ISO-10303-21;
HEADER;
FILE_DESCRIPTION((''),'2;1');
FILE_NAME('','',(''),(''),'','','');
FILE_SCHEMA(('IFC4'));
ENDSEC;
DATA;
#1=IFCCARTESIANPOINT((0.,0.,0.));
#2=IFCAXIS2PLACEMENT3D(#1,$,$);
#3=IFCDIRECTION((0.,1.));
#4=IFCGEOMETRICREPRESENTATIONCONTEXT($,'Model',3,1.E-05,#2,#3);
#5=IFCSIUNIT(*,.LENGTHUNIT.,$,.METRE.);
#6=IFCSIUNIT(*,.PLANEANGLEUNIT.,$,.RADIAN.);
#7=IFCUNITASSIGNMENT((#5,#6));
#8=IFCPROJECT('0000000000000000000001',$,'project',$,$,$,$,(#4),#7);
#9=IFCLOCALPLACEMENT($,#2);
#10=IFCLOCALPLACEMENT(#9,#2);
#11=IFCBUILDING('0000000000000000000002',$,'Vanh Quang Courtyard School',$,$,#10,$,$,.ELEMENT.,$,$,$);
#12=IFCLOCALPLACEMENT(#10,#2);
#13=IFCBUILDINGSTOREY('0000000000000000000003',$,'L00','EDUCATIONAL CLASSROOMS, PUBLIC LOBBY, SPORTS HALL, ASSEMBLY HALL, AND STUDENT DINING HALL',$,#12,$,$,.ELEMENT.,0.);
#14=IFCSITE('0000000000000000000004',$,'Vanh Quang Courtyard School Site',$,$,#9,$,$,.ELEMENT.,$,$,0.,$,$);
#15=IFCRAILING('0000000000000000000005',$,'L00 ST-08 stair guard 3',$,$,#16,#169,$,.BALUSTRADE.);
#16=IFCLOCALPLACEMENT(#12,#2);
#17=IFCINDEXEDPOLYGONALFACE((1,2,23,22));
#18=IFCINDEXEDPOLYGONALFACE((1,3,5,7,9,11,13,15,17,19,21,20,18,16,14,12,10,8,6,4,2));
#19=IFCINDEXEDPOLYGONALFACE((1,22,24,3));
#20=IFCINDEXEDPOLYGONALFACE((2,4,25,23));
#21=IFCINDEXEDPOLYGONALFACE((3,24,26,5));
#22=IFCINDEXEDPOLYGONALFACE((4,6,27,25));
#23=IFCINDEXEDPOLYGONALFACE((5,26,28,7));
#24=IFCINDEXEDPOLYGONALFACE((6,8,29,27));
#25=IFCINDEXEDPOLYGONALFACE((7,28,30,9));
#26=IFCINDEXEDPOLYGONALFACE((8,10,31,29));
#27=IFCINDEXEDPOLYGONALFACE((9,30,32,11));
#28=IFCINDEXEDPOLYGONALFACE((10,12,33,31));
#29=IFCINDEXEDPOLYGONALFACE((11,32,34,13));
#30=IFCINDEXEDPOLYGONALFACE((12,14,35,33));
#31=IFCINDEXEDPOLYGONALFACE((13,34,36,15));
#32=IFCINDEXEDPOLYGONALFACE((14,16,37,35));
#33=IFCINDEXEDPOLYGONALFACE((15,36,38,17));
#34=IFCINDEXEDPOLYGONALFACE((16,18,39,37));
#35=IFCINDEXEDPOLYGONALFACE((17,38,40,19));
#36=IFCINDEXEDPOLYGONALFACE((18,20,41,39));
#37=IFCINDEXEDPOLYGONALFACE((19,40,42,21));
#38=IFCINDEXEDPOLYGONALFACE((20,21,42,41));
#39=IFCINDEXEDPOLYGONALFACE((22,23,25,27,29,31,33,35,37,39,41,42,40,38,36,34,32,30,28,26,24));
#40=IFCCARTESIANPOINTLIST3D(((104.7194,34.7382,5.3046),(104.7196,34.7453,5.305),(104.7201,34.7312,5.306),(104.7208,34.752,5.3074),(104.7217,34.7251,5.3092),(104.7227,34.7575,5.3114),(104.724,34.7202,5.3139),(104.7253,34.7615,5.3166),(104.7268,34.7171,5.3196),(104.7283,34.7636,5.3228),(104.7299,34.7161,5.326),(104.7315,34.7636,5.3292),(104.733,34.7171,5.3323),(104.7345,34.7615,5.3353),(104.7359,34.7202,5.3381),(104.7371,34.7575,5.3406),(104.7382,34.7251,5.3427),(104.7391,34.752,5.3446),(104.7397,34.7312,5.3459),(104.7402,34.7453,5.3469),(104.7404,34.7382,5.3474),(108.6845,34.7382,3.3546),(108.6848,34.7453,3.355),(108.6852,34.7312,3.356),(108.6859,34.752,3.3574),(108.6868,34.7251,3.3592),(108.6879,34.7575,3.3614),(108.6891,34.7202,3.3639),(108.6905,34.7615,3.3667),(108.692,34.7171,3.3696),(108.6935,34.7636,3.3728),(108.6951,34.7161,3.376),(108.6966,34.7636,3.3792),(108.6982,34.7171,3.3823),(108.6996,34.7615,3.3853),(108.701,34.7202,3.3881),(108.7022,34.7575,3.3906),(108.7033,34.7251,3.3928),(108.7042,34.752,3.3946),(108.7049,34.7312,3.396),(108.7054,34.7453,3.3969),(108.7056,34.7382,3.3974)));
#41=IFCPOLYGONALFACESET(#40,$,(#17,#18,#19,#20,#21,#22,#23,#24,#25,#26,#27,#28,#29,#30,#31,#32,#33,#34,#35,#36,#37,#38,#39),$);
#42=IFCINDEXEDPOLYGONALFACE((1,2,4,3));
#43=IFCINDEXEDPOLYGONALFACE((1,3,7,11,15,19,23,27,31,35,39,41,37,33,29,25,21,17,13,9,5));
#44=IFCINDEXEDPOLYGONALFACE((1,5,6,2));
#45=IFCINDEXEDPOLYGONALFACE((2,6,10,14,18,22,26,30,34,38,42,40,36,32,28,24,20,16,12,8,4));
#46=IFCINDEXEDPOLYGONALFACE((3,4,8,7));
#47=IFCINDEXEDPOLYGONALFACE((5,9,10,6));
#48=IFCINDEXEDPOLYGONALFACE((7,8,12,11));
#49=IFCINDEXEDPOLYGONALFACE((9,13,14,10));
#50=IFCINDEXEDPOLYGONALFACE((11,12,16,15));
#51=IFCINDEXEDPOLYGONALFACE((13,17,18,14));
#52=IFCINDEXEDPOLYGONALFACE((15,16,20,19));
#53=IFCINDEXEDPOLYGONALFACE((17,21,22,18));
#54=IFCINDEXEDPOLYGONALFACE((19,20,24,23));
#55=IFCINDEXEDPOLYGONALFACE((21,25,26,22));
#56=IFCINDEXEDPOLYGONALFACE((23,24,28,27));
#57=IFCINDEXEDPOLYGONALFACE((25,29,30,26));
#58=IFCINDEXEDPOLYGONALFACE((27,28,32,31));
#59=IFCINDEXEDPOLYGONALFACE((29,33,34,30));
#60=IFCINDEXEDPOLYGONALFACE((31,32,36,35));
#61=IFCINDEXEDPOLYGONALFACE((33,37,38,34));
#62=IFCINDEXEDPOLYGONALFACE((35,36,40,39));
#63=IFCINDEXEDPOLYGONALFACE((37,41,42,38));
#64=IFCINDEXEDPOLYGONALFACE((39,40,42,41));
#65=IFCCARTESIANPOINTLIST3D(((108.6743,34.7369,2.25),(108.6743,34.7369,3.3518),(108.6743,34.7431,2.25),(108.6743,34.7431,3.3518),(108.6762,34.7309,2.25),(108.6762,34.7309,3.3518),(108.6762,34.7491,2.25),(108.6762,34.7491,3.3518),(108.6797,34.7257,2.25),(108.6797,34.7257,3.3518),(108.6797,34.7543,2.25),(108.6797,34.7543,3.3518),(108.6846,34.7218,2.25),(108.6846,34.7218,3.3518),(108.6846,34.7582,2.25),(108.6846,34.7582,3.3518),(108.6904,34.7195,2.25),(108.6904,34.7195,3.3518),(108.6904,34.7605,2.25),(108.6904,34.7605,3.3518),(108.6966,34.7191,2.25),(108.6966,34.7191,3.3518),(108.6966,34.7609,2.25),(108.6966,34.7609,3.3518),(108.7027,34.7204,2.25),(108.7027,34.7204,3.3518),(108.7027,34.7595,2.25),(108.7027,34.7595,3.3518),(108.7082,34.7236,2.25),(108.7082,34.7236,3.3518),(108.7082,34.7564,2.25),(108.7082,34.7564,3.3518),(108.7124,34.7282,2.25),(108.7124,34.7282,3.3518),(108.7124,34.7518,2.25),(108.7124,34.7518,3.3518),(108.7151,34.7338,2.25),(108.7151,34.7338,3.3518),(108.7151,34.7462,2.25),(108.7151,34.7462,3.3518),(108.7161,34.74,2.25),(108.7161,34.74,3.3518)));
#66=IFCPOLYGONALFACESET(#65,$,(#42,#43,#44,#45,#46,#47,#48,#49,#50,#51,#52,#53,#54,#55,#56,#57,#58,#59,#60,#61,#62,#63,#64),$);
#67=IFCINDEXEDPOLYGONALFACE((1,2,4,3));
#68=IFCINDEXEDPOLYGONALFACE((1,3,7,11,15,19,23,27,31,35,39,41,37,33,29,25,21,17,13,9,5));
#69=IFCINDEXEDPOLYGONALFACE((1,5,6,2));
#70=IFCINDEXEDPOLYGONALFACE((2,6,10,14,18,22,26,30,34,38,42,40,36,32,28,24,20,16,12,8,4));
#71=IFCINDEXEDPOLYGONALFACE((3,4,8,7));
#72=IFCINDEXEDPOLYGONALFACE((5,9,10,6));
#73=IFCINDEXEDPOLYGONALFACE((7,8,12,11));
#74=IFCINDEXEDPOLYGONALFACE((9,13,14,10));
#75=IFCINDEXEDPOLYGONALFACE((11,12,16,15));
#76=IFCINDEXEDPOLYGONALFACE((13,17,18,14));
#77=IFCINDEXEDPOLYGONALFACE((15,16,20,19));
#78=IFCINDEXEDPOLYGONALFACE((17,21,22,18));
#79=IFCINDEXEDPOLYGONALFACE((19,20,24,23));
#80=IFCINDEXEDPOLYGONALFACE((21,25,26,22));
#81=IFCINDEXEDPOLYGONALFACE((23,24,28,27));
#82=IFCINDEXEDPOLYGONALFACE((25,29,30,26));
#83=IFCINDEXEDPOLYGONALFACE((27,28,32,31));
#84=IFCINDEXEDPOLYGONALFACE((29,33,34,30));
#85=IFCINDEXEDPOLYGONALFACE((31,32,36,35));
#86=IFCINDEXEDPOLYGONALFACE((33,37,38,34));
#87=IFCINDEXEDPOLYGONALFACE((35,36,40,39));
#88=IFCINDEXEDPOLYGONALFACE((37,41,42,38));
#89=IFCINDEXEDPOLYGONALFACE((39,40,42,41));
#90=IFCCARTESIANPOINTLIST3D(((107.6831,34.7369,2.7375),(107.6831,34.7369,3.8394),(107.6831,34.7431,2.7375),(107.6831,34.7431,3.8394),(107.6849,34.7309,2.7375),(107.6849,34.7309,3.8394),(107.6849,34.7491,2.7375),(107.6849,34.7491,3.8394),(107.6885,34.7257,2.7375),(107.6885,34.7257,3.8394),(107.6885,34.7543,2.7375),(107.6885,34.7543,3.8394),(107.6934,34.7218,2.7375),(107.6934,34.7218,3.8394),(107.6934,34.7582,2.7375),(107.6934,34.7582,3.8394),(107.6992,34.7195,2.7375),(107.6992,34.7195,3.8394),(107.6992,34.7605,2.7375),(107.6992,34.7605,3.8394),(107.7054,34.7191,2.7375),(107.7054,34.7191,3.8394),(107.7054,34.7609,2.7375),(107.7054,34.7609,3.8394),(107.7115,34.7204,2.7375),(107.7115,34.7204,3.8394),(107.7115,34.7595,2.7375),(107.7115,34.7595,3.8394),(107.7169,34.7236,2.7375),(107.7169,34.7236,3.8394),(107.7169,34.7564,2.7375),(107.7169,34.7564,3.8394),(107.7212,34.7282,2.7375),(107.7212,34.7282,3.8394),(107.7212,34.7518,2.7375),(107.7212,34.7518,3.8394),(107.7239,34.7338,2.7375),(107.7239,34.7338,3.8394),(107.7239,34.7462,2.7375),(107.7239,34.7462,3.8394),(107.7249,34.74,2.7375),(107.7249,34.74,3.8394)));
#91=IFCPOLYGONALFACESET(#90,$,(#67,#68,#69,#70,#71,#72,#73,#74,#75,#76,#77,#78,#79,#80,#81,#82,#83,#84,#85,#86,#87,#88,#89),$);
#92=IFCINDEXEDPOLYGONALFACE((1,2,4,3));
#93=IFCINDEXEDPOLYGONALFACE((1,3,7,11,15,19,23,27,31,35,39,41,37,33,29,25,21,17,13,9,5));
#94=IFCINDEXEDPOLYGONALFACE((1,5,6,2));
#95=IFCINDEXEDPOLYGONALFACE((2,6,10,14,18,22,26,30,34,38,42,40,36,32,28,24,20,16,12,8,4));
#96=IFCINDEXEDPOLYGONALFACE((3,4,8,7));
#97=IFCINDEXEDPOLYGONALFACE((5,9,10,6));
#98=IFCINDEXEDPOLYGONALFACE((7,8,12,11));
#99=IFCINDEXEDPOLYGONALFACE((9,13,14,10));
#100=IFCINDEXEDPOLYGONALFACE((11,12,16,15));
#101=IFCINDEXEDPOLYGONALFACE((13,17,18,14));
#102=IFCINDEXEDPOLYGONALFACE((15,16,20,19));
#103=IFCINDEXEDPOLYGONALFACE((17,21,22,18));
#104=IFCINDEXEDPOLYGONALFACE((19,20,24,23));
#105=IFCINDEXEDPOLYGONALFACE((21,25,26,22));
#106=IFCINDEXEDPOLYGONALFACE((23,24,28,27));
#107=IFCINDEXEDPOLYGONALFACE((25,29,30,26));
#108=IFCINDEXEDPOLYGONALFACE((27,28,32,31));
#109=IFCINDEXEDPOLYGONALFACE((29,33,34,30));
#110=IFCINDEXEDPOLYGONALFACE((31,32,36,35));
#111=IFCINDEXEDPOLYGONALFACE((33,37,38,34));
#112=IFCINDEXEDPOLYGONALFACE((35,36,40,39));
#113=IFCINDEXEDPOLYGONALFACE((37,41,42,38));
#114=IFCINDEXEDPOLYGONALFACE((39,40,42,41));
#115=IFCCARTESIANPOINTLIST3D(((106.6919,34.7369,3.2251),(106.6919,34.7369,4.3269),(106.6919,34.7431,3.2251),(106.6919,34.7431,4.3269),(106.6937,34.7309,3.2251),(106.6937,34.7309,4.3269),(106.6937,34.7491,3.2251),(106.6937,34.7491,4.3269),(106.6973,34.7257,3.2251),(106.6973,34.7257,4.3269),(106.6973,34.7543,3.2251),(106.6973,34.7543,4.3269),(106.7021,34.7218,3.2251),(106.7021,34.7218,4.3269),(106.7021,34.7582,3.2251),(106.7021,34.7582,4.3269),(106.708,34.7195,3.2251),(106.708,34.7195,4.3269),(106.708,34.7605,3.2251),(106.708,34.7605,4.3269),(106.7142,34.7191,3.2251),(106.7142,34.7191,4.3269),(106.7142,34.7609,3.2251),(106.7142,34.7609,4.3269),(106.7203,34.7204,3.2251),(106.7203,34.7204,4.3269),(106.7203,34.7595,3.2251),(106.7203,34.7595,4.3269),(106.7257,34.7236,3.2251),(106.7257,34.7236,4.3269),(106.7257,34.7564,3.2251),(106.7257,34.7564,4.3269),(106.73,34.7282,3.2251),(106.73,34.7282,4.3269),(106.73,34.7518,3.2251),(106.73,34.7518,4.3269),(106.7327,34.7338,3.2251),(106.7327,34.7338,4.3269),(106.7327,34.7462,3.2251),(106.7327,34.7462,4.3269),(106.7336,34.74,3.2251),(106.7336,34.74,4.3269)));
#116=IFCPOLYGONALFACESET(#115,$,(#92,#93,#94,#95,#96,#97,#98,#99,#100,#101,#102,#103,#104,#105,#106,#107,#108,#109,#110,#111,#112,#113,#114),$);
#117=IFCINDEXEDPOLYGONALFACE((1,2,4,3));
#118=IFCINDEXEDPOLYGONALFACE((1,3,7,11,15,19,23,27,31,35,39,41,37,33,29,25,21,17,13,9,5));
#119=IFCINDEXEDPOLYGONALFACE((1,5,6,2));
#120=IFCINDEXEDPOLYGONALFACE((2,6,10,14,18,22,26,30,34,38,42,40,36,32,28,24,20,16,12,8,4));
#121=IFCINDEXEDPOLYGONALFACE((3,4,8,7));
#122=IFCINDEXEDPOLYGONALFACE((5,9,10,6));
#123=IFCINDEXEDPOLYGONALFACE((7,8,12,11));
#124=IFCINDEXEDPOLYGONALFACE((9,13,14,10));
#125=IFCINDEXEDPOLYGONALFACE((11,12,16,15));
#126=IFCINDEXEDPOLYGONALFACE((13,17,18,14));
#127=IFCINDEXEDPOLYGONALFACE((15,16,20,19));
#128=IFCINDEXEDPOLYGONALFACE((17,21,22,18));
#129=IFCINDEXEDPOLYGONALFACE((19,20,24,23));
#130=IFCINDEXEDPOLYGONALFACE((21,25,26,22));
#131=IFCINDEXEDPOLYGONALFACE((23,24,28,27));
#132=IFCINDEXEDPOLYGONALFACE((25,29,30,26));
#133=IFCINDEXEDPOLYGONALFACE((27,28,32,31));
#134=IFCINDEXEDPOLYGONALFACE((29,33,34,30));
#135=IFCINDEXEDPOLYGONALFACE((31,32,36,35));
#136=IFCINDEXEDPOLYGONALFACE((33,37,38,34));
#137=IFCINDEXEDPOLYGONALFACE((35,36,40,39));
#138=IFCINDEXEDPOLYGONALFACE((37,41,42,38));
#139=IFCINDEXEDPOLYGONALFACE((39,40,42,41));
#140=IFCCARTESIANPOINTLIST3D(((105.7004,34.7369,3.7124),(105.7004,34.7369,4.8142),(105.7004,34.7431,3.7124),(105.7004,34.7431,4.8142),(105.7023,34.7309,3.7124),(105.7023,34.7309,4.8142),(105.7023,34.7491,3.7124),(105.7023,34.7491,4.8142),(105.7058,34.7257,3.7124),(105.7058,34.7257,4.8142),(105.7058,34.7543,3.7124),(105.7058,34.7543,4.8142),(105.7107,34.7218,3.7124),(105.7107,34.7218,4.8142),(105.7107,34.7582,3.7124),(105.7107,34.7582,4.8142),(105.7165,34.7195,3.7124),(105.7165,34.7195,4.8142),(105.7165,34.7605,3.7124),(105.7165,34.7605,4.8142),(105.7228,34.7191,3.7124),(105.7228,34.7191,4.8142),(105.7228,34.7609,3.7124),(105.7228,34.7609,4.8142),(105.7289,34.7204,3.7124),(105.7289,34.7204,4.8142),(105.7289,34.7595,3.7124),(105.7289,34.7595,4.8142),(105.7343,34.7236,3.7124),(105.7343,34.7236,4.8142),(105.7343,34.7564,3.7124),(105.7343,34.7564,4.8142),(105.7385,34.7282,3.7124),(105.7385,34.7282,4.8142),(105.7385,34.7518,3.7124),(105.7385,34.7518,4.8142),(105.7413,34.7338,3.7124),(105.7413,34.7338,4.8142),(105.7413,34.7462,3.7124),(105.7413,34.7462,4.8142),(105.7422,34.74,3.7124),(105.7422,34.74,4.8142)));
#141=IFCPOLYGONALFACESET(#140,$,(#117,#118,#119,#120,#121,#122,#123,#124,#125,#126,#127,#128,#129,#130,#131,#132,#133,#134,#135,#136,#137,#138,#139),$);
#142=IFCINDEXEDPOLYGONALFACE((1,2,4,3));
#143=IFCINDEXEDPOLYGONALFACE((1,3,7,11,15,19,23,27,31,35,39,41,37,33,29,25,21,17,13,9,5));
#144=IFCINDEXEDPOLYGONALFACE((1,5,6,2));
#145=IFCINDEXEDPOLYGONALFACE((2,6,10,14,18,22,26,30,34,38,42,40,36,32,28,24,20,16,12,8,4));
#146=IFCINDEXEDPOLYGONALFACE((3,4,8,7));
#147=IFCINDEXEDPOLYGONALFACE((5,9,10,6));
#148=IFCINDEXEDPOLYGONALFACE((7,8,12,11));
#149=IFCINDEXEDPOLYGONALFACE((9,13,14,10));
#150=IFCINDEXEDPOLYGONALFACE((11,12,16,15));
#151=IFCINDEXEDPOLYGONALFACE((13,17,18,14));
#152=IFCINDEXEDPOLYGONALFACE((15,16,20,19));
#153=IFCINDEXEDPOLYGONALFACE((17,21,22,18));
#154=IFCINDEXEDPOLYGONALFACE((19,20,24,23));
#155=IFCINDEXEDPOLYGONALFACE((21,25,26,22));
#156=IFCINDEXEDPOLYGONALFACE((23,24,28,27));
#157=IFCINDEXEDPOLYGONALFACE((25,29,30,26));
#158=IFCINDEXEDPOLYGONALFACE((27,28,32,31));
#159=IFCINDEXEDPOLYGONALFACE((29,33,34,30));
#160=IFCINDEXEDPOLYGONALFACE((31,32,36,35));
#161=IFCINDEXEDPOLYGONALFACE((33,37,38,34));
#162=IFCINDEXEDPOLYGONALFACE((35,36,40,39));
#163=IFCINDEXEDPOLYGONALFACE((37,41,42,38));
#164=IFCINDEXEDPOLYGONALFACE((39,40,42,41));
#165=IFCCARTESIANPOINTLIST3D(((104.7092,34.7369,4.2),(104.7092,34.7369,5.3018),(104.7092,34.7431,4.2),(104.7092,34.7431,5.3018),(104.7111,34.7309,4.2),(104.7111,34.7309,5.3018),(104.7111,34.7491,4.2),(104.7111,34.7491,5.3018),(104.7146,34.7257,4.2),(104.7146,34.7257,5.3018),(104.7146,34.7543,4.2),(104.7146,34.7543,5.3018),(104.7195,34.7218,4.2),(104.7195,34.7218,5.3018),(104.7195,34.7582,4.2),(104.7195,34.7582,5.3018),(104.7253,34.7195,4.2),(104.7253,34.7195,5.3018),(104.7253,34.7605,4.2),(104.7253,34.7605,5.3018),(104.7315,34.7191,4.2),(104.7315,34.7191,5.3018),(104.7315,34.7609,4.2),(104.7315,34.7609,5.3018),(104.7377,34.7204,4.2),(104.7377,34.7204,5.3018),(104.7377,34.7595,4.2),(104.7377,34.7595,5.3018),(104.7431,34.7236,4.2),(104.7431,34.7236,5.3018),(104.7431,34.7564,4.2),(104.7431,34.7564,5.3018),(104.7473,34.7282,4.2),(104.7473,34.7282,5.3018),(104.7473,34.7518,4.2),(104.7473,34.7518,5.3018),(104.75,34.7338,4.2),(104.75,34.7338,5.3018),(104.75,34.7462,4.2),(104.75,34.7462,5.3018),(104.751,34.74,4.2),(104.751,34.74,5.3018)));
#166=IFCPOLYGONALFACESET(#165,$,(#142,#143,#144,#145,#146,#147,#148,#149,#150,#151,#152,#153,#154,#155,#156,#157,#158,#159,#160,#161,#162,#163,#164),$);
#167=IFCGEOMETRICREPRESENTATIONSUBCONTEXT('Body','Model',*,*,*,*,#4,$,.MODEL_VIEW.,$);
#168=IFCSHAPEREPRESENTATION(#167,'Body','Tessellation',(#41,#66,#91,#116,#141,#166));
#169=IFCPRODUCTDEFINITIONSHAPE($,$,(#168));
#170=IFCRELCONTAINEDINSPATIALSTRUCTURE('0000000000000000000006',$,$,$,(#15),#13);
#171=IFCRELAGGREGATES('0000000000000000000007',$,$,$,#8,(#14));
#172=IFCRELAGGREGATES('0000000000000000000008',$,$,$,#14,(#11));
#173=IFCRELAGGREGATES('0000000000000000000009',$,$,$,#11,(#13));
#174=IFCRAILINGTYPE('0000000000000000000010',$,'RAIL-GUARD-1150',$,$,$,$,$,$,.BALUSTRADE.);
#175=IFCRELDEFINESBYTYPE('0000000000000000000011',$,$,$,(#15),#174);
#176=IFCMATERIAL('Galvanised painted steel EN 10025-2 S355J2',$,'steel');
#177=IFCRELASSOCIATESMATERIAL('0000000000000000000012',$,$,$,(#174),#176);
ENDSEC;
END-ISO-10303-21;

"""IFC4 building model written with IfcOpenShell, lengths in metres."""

from ifc_helpers import new_model, si_unit, direction, frame, origin, origin_2d, place, context, subcontext, project, spatial, circle, extrude, material, type_object, element, save


model = new_model("IFC4")

# Units and contexts
model_context = context("Model", 3, precision=1e-05, world=origin(), true_north=direction((0.0, 1.0)))
body_context = subcontext(model_context, "Body", "Model", "MODEL_VIEW")
ifc_project = project(units=[si_unit("LENGTHUNIT", "METRE"), si_unit("PLANEANGLEUNIT", "RADIAN")], contexts=[model_context])

# Site, building, storey
site_placement = place(None, origin())
site = spatial("IfcSite", under=ifc_project, at=site_placement, Name="Vanh Quang Courtyard School Site", CompositionType="ELEMENT", RefElevation=0.0)
building_placement = place(site_placement, origin())
building = spatial("IfcBuilding", under=site, at=building_placement, Name="Vanh Quang Courtyard School", CompositionType="ELEMENT")
storey_placement = place(building_placement, origin())
storey = spatial("IfcBuildingStorey", under=building, at=storey_placement, Name="L00", Description="EDUCATIONAL CLASSROOMS, PUBLIC LOBBY, SPORTS HALL, ASSEMBLY HALL, AND STUDENT DINING HALL", CompositionType="ELEMENT", Elevation=0.0)

# Railing
ifc_material_1 = material(Name="Galvanised painted steel EN 10025-2 S355J2", Category="steel")
railing_type = type_object("IfcRailingType", Name="RAIL-GUARD-1150", PredefinedType="BALUSTRADE", material=ifc_material_1)
railing_1_placement = place(storey_placement, frame((108.6951, 34.74, 2.25)))
element("IfcRailing", 1, at=railing_1_placement, inside=storey, type_object=railing_type, Name="L00 ST-08 stair guard 3", PredefinedType="BALUSTRADE", context=body_context, shape_type="SweptSolid", body=[
    extrude(circle(Radius=0.0239, at=origin_2d()), frame((0.0, 0.0, 1.126), z_axis=(-0.897358, 0.0, 0.441303), x_axis=(0.0, -1.0, 0.0)), (0.0, 0.0, 1.0), 4.4187),
    extrude(circle(Radius=0.021, at=origin_2d()), origin(), (0.0, 0.0, 1.0), 1.1018),
    extrude(circle(Radius=0.021, at=origin_2d()), frame((-0.9912, 0.0, 0.4875)), (0.0, 0.0, 1.0), 1.1018),
    extrude(circle(Radius=0.021, at=origin_2d()), frame((-1.9824, 0.0, 0.9751)), (0.0, 0.0, 1.0), 1.1018),
    extrude(circle(Radius=0.021, at=origin_2d()), frame((-2.9739, 0.0, 1.4624)), (0.0, 0.0, 1.0), 1.1018),
    extrude(circle(Radius=0.021, at=origin_2d()), frame((-3.9651, 0.0, 1.95)), (0.0, 0.0, 1.0), 1.1018),
])

save(model, "model.ifc")
